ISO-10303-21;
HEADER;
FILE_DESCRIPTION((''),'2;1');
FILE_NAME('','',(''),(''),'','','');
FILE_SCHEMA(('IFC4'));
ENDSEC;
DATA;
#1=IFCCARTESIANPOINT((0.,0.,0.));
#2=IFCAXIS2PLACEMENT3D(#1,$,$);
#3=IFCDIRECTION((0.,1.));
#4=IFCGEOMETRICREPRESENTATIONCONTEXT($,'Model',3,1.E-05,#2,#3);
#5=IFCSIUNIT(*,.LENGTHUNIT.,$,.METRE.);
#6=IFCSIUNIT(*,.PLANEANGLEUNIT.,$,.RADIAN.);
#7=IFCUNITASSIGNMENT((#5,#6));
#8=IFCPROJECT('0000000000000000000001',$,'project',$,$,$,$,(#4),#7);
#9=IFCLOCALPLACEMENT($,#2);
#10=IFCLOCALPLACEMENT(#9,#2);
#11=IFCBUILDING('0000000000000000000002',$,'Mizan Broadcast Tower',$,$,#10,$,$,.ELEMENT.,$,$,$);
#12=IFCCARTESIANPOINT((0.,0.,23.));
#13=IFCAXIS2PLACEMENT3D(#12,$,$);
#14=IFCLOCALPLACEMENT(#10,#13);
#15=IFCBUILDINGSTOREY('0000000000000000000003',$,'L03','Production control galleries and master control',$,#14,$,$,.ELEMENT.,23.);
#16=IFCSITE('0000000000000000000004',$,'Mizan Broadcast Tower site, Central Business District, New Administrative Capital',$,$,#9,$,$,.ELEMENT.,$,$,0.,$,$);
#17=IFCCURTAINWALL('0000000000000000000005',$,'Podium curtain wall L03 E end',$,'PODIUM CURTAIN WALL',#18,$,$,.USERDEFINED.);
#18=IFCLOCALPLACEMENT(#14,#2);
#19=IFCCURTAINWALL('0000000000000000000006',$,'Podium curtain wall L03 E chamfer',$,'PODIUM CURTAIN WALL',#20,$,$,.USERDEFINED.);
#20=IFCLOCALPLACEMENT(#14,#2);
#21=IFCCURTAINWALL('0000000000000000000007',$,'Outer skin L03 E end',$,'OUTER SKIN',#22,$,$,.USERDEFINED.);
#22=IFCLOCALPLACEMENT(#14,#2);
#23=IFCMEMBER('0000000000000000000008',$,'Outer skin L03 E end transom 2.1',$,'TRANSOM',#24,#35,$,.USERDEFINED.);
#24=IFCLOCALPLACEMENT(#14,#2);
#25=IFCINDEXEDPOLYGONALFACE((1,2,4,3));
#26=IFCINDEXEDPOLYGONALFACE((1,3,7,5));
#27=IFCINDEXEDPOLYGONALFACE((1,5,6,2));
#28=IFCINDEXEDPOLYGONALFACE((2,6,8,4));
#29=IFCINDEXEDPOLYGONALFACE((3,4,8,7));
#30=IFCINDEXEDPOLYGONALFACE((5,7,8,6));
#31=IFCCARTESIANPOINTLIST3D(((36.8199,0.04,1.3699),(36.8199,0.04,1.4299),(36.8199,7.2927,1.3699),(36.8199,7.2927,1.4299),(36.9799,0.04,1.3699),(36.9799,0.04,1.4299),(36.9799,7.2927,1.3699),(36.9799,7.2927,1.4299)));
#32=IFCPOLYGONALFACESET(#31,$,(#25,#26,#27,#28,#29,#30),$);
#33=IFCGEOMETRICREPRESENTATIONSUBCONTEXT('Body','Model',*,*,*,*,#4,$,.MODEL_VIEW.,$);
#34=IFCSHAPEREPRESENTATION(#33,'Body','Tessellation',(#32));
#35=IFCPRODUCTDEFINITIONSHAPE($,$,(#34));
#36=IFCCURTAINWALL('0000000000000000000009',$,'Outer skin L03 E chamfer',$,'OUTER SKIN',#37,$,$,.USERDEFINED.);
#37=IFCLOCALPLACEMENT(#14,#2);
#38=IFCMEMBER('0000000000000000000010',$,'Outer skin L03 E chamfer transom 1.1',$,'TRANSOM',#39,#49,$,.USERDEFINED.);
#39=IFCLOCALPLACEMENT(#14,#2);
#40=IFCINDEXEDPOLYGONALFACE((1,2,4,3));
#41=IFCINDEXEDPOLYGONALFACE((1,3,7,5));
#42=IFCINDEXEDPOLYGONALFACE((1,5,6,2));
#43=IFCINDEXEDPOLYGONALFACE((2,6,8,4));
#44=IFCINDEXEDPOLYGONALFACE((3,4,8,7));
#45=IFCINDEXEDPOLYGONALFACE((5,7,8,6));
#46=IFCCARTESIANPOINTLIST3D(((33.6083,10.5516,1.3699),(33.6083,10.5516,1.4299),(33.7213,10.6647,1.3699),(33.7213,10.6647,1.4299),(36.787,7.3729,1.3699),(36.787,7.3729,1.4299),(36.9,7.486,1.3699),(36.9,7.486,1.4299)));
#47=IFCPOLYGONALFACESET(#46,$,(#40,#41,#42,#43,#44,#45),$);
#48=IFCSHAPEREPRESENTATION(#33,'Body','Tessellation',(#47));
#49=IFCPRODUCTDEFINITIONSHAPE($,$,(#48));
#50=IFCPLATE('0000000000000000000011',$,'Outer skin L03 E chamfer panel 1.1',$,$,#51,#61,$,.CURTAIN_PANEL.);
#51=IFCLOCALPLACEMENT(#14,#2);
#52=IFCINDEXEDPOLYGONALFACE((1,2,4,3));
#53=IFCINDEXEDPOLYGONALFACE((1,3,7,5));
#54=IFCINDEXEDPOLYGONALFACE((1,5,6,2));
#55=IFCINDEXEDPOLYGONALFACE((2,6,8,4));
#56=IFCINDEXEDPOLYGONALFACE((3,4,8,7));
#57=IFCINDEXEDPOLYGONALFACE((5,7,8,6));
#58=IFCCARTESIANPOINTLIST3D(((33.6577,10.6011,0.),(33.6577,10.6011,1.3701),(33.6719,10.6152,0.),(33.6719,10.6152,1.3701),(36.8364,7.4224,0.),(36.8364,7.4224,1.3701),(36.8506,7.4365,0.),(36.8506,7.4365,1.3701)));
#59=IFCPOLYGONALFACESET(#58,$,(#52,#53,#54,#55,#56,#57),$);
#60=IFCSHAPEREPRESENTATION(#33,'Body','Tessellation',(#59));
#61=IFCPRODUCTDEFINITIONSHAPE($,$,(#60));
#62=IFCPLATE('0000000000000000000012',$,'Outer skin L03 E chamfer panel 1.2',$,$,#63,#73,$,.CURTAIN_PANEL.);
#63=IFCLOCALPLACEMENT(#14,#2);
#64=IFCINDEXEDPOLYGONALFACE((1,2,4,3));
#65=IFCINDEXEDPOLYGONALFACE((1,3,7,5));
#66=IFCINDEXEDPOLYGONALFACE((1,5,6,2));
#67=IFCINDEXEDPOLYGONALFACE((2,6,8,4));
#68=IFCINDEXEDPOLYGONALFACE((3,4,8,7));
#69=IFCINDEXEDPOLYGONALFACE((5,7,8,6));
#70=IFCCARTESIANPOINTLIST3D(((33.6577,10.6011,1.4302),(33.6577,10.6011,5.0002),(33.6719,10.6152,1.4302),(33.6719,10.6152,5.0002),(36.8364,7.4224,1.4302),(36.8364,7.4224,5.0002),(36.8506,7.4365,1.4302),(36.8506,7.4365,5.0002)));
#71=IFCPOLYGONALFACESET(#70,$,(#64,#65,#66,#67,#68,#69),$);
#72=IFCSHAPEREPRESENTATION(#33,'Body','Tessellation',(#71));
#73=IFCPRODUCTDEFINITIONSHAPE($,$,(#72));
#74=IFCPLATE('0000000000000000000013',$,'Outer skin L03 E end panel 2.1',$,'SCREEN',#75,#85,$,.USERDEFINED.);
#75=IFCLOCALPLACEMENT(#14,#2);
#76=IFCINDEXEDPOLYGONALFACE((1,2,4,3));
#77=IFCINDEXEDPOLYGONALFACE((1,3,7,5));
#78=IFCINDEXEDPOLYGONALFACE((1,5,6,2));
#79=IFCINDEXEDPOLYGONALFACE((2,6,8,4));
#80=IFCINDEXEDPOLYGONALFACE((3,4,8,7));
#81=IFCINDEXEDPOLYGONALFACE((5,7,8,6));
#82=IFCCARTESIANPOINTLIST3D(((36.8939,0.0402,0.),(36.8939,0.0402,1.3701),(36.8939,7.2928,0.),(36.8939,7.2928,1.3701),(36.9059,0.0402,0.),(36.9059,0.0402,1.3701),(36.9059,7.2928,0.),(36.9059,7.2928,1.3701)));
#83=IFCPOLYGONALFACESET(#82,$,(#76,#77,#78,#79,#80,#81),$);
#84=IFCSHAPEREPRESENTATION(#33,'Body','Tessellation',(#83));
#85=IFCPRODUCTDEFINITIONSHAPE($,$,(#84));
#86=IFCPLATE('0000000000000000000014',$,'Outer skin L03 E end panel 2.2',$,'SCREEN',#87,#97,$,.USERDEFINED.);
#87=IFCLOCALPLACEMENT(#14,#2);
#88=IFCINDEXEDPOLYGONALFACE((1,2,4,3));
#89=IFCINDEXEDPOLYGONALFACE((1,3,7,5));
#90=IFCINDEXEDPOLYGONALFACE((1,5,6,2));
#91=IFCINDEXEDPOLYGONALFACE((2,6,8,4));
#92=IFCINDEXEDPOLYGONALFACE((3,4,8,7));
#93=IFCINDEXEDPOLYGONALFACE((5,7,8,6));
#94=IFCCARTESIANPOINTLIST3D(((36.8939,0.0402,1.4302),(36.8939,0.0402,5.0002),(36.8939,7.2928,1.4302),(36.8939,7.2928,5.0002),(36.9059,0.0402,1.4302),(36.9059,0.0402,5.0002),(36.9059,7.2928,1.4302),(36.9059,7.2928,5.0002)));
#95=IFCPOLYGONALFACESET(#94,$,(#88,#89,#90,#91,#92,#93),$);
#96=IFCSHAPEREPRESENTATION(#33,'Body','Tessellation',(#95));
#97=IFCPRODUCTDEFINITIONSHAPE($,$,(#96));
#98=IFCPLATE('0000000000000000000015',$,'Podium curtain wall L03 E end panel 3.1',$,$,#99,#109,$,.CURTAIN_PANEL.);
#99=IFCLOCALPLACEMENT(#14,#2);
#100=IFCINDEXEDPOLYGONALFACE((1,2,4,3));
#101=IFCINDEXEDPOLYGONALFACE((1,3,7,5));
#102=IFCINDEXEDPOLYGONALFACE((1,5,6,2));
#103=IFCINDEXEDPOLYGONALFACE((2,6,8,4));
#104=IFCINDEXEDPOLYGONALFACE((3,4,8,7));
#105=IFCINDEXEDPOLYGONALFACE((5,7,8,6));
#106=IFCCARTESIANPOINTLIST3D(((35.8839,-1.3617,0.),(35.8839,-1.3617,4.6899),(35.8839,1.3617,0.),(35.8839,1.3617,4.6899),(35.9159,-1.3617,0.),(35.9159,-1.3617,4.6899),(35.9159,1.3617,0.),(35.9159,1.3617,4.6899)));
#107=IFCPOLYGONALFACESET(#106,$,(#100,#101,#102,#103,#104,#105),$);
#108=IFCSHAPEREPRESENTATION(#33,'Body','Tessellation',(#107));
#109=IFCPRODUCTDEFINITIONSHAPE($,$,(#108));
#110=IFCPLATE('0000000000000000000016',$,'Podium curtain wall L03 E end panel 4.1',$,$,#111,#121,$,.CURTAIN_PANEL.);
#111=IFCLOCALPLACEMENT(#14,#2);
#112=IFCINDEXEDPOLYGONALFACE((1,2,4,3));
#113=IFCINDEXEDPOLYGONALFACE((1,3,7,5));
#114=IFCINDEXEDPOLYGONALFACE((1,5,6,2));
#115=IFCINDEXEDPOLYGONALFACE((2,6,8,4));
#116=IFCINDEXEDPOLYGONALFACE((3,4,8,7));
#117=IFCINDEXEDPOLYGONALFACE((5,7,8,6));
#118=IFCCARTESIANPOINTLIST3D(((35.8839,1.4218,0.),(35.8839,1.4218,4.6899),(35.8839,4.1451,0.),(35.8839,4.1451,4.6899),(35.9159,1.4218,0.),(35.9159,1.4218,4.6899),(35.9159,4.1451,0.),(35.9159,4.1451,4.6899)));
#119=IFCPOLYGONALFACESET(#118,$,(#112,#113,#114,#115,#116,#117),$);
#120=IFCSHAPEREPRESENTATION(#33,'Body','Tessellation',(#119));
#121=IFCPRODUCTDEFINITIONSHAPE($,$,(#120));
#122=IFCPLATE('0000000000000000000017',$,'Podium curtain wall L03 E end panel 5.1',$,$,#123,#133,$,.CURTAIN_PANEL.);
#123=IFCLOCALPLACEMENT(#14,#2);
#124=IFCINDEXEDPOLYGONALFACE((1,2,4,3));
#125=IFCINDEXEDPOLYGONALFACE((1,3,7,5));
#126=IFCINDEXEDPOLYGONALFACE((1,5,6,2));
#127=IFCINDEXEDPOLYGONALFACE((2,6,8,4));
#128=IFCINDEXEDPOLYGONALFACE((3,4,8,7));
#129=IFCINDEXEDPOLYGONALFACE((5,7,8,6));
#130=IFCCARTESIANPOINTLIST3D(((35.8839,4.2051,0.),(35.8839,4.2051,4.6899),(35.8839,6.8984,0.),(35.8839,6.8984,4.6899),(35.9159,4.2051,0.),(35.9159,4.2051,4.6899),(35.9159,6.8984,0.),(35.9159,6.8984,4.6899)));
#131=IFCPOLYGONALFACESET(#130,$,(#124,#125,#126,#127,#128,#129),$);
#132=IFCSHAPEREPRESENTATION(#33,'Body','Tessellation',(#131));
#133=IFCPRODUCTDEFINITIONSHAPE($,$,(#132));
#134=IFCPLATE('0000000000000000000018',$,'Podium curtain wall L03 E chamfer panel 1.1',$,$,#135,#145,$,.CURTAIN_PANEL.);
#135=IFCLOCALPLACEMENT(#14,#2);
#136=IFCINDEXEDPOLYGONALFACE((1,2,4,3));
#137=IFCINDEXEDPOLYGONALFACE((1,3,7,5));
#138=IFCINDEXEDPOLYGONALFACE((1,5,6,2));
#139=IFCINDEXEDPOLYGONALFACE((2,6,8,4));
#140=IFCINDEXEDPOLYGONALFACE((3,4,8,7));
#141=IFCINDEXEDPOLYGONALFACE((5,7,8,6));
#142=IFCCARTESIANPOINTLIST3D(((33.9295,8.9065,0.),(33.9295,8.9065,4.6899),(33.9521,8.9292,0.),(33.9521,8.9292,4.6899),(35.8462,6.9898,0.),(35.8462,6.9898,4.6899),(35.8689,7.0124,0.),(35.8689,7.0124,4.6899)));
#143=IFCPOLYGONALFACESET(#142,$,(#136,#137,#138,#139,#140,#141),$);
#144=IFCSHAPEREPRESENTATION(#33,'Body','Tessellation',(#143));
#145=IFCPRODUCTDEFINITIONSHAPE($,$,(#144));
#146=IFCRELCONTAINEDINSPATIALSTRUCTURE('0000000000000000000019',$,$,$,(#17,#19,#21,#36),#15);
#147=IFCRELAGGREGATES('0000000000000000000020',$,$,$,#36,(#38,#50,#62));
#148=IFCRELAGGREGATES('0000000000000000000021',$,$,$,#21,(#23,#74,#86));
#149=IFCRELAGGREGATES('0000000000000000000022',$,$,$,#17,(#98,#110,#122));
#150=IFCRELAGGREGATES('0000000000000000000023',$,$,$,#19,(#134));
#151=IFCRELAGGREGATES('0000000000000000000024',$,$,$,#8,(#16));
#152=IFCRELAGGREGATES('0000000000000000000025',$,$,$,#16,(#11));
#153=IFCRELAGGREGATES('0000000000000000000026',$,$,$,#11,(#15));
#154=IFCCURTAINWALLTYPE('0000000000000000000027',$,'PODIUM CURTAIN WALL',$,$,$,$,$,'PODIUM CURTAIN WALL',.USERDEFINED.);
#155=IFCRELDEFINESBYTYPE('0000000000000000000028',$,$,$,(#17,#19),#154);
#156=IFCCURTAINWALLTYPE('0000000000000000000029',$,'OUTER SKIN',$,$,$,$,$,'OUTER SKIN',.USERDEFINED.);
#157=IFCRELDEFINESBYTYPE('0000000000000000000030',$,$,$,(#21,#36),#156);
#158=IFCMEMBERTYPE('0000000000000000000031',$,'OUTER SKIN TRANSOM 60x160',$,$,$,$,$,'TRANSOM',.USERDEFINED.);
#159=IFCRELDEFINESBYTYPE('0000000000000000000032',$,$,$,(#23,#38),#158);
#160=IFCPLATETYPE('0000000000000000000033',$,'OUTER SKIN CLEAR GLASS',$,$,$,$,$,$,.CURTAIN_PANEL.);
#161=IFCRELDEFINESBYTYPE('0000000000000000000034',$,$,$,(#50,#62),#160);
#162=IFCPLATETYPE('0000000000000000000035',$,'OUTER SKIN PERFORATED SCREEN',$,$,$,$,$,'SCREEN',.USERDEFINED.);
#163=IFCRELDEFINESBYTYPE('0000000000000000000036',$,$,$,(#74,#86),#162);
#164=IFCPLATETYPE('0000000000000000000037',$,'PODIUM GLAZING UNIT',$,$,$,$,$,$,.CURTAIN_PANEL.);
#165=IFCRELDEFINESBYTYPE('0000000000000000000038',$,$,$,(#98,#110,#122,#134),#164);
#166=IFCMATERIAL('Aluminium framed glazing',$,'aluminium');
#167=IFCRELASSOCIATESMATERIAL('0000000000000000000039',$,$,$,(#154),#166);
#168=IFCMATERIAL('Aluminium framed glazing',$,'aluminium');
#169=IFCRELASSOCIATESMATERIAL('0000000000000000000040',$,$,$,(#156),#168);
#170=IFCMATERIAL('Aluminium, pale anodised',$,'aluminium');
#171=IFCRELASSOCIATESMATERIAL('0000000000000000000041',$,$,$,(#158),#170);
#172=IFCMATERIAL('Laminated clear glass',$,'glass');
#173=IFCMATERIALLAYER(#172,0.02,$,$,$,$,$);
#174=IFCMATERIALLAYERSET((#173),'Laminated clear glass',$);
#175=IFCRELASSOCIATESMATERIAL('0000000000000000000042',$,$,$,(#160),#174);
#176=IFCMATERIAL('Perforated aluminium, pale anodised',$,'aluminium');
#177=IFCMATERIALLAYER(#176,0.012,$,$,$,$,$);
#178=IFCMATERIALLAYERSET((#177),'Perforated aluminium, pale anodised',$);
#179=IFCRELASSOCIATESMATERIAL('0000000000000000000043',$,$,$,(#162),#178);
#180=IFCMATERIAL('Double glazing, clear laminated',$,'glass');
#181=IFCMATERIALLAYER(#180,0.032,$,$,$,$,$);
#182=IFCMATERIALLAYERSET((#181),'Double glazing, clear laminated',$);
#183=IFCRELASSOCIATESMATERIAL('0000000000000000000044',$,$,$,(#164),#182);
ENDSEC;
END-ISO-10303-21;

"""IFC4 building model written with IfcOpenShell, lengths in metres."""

from ifc_helpers import new_model, si_unit, direction, frame, origin, origin_2d, place, context, subcontext, project, spatial, rectangle, extrude, material, layer, layer_set, material_profile, profile_set, type_object, element, aggregate, save


model = new_model("IFC4")

# Units and contexts
model_context = context("Model", 3, precision=1e-05, world=origin(), true_north=direction((0.0, 1.0)))
body_context = subcontext(model_context, "Body", "Model", "MODEL_VIEW")
ifc_project = project(units=[si_unit("LENGTHUNIT", "METRE"), si_unit("PLANEANGLEUNIT", "RADIAN")], contexts=[model_context])

# Site, building, storey
site_placement = place(None, origin())
site = spatial("IfcSite", under=ifc_project, at=site_placement, Name="Mizan Broadcast Tower site, Central Business District, New Administrative Capital", CompositionType="ELEMENT", RefElevation=0.0)
building_placement = place(site_placement, origin())
building = spatial("IfcBuilding", under=site, at=building_placement, Name="Mizan Broadcast Tower", CompositionType="ELEMENT")
storey_placement = place(building_placement, frame((0.0, 0.0, 23.0)))
storey = spatial("IfcBuildingStorey", under=building, at=storey_placement, Name="L03", Description="Production control galleries and master control", CompositionType="ELEMENT", Elevation=23.0)

# Curtain wall
ifc_material_1 = material(Name="Aluminium framed glazing", Category="aluminium")
curtain_wall_type_1 = type_object("IfcCurtainWallType", Name="PODIUM CURTAIN WALL", ElementType="PODIUM CURTAIN WALL", PredefinedType="USERDEFINED", material=ifc_material_1)
curtain_wall_1_placement = place(storey_placement, origin())
curtain_wall_1 = element("IfcCurtainWall", 1, at=curtain_wall_1_placement, inside=storey, type_object=curtain_wall_type_1, Name="Podium curtain wall L03 E end", ObjectType="PODIUM CURTAIN WALL", PredefinedType="USERDEFINED")

# Curtain wall
curtain_wall_2_placement = place(storey_placement, origin())
curtain_wall_2 = element("IfcCurtainWall", 2, at=curtain_wall_2_placement, inside=storey, type_object=curtain_wall_type_1, Name="Podium curtain wall L03 E chamfer", ObjectType="PODIUM CURTAIN WALL", PredefinedType="USERDEFINED")

# Curtain wall, member
ifc_material_2 = material(Name="Aluminium framed glazing", Category="aluminium")
curtain_wall_type_2 = type_object("IfcCurtainWallType", Name="OUTER SKIN", ElementType="OUTER SKIN", PredefinedType="USERDEFINED", material=ifc_material_2)
curtain_wall_3_placement = place(storey_placement, origin())
curtain_wall_3 = element("IfcCurtainWall", 3, at=curtain_wall_3_placement, inside=storey, type_object=curtain_wall_type_2, Name="Outer skin L03 E end", ObjectType="OUTER SKIN", PredefinedType="USERDEFINED")
ifc_material_3 = material(Name="Aluminium, pale anodised", Category="aluminium")
ifc_material_profile_1 = material_profile(ifc_material_3, rectangle(XDim=0.1599, YDim=0.0601, at=origin_2d()), Name="TRANSOM 160x60")
ifc_profile_set_1 = profile_set([ifc_material_profile_1], Name="Aluminium, pale anodised")
member_type_1 = type_object("IfcMemberType", Name="OUTER SKIN TRANSOM 60x160", ElementType="TRANSOM", PredefinedType="USERDEFINED", material=ifc_profile_set_1)
member_1_placement = place(storey_placement, frame((36.8999, 0.04, 1.3999), z_axis=(0.0, 1.0, 0.0), x_axis=(-1.0, 0.0, 0.0)))
member_1 = element("IfcMember", 4, at=member_1_placement, type_object=member_type_1, Name="Outer skin L03 E end transom 2.1", ObjectType="TRANSOM", PredefinedType="USERDEFINED", context=body_context, shape_type="SweptSolid", body=[
    extrude(rectangle(XDim=0.1599, YDim=0.0601, at=origin_2d()), origin(), (0.0, 0.0, 1.0), 7.2527),
])

# Curtain wall, member, plates
curtain_wall_4_placement = place(storey_placement, origin())
curtain_wall_4 = element("IfcCurtainWall", 5, at=curtain_wall_4_placement, inside=storey, type_object=curtain_wall_type_2, Name="Outer skin L03 E chamfer", ObjectType="OUTER SKIN", PredefinedType="USERDEFINED")
member_2_placement = place(storey_placement, frame((36.8435, 7.4294, 1.3999), z_axis=(-0.707107, 0.707107, 0.0), x_axis=(-0.707107, -0.707107, 0.0)))
member_2 = element("IfcMember", 6, at=member_2_placement, type_object=member_type_1, Name="Outer skin L03 E chamfer transom 1.1", ObjectType="TRANSOM", PredefinedType="USERDEFINED", context=body_context, shape_type="SweptSolid", body=[
    extrude(rectangle(XDim=0.1599, YDim=0.0601, at=origin_2d()), origin(), (0.0, 0.0, 1.0), 4.4954),
])
ifc_material_4 = material(Name="Laminated clear glass", Category="glass")
ifc_layer_1 = layer(ifc_material_4, 0.02)
ifc_layer_set_1 = layer_set([ifc_layer_1], Name="Laminated clear glass")
plate_type_1 = type_object("IfcPlateType", Name="OUTER SKIN CLEAR GLASS", PredefinedType="CURTAIN_PANEL", material=ifc_layer_set_1)
plate_1_placement = place(storey_placement, frame((35.2542, 9.0188, 0.0), z_axis=(0.0, 0.0, 1.0), x_axis=(-0.707107, 0.707107, 0.0)))
plate_1 = element("IfcPlate", 7, at=plate_1_placement, type_object=plate_type_1, Name="Outer skin L03 E chamfer panel 1.1", PredefinedType="CURTAIN_PANEL", context=body_context, shape_type="SweptSolid", body=[
    extrude(rectangle(XDim=4.4954, YDim=0.02, at=origin_2d()), origin(), (0.0, 0.0, 1.0), 1.3701),
])
plate_2_placement = place(storey_placement, frame((35.2542, 9.0188, 1.4302), z_axis=(0.0, 0.0, 1.0), x_axis=(-0.707107, 0.707107, 0.0)))
plate_2 = element("IfcPlate", 8, at=plate_2_placement, type_object=plate_type_1, Name="Outer skin L03 E chamfer panel 1.2", PredefinedType="CURTAIN_PANEL", context=body_context, shape_type="SweptSolid", body=[
    extrude(rectangle(XDim=4.4954, YDim=0.02, at=origin_2d()), origin(), (0.0, 0.0, 1.0), 3.5701),
])
aggregate(curtain_wall_4, [member_2, plate_1, plate_2])

# Plates
ifc_material_5 = material(Name="Perforated aluminium, pale anodised", Category="aluminium")
ifc_layer_2 = layer(ifc_material_5, 0.012)
ifc_layer_set_2 = layer_set([ifc_layer_2], Name="Perforated aluminium, pale anodised")
plate_type_2 = type_object("IfcPlateType", Name="OUTER SKIN PERFORATED SCREEN", ElementType="SCREEN", PredefinedType="USERDEFINED", material=ifc_layer_set_2)
plate_3_placement = place(storey_placement, frame((36.8999, 3.6665, 0.0), z_axis=(0.0, 0.0, 1.0), x_axis=(0.0, 1.0, 0.0)))
plate_3 = element("IfcPlate", 9, at=plate_3_placement, type_object=plate_type_2, Name="Outer skin L03 E end panel 2.1", ObjectType="SCREEN", PredefinedType="USERDEFINED", context=body_context, shape_type="SweptSolid", body=[
    extrude(rectangle(XDim=7.2527, YDim=0.012, at=origin_2d()), origin(), (0.0, 0.0, 1.0), 1.3701),
])
plate_4_placement = place(storey_placement, frame((36.8999, 3.6665, 1.4302), z_axis=(0.0, 0.0, 1.0), x_axis=(0.0, 1.0, 0.0)))
plate_4 = element("IfcPlate", 10, at=plate_4_placement, type_object=plate_type_2, Name="Outer skin L03 E end panel 2.2", ObjectType="SCREEN", PredefinedType="USERDEFINED", context=body_context, shape_type="SweptSolid", body=[
    extrude(rectangle(XDim=7.2527, YDim=0.012, at=origin_2d()), origin(), (0.0, 0.0, 1.0), 3.5701),
])
aggregate(curtain_wall_3, [member_1, plate_3, plate_4])
ifc_material_6 = material(Name="Double glazing, clear laminated", Category="glass")
ifc_layer_3 = layer(ifc_material_6, 0.032)
ifc_layer_set_3 = layer_set([ifc_layer_3], Name="Double glazing, clear laminated")
plate_type_3 = type_object("IfcPlateType", Name="PODIUM GLAZING UNIT", PredefinedType="CURTAIN_PANEL", material=ifc_layer_set_3)
plate_5_placement = place(storey_placement, frame((35.8999, 0.0, 0.0), z_axis=(0.0, 0.0, 1.0), x_axis=(0.0, 1.0, 0.0)))
plate_5 = element("IfcPlate", 11, at=plate_5_placement, type_object=plate_type_3, Name="Podium curtain wall L03 E end panel 3.1", PredefinedType="CURTAIN_PANEL", context=body_context, shape_type="SweptSolid", body=[
    extrude(rectangle(XDim=2.7234, YDim=0.032, at=origin_2d()), origin(), (0.0, 0.0, 1.0), 4.6899),
])
plate_6_placement = place(storey_placement, frame((35.8999, 2.7834, 0.0), z_axis=(0.0, 0.0, 1.0), x_axis=(0.0, 1.0, 0.0)))
plate_6 = element("IfcPlate", 12, at=plate_6_placement, type_object=plate_type_3, Name="Podium curtain wall L03 E end panel 4.1", PredefinedType="CURTAIN_PANEL", context=body_context, shape_type="SweptSolid", body=[
    extrude(rectangle(XDim=2.7234, YDim=0.032, at=origin_2d()), origin(), (0.0, 0.0, 1.0), 4.6899),
])
plate_7_placement = place(storey_placement, frame((35.8999, 5.5518, 0.0), z_axis=(0.0, 0.0, 1.0), x_axis=(0.0, 1.0, 0.0)))
plate_7 = element("IfcPlate", 13, at=plate_7_placement, type_object=plate_type_3, Name="Podium curtain wall L03 E end panel 5.1", PredefinedType="CURTAIN_PANEL", context=body_context, shape_type="SweptSolid", body=[
    extrude(rectangle(XDim=2.6934, YDim=0.032, at=origin_2d()), origin(), (0.0, 0.0, 1.0), 4.6899),
])
aggregate(curtain_wall_1, [plate_5, plate_6, plate_7])
plate_8_placement = place(storey_placement, frame((34.8992, 7.9595, 0.0), z_axis=(0.0, 0.0, 1.0), x_axis=(-0.707107, 0.707107, 0.0)))
plate_8 = element("IfcPlate", 14, at=plate_8_placement, type_object=plate_type_3, Name="Podium curtain wall L03 E chamfer panel 1.1", PredefinedType="CURTAIN_PANEL", context=body_context, shape_type="SweptSolid", body=[
    extrude(rectangle(XDim=2.7107, YDim=0.032, at=origin_2d()), origin(), (0.0, 0.0, 1.0), 4.6899),
])
aggregate(curtain_wall_2, [plate_8])

save(model, "model.ifc")
